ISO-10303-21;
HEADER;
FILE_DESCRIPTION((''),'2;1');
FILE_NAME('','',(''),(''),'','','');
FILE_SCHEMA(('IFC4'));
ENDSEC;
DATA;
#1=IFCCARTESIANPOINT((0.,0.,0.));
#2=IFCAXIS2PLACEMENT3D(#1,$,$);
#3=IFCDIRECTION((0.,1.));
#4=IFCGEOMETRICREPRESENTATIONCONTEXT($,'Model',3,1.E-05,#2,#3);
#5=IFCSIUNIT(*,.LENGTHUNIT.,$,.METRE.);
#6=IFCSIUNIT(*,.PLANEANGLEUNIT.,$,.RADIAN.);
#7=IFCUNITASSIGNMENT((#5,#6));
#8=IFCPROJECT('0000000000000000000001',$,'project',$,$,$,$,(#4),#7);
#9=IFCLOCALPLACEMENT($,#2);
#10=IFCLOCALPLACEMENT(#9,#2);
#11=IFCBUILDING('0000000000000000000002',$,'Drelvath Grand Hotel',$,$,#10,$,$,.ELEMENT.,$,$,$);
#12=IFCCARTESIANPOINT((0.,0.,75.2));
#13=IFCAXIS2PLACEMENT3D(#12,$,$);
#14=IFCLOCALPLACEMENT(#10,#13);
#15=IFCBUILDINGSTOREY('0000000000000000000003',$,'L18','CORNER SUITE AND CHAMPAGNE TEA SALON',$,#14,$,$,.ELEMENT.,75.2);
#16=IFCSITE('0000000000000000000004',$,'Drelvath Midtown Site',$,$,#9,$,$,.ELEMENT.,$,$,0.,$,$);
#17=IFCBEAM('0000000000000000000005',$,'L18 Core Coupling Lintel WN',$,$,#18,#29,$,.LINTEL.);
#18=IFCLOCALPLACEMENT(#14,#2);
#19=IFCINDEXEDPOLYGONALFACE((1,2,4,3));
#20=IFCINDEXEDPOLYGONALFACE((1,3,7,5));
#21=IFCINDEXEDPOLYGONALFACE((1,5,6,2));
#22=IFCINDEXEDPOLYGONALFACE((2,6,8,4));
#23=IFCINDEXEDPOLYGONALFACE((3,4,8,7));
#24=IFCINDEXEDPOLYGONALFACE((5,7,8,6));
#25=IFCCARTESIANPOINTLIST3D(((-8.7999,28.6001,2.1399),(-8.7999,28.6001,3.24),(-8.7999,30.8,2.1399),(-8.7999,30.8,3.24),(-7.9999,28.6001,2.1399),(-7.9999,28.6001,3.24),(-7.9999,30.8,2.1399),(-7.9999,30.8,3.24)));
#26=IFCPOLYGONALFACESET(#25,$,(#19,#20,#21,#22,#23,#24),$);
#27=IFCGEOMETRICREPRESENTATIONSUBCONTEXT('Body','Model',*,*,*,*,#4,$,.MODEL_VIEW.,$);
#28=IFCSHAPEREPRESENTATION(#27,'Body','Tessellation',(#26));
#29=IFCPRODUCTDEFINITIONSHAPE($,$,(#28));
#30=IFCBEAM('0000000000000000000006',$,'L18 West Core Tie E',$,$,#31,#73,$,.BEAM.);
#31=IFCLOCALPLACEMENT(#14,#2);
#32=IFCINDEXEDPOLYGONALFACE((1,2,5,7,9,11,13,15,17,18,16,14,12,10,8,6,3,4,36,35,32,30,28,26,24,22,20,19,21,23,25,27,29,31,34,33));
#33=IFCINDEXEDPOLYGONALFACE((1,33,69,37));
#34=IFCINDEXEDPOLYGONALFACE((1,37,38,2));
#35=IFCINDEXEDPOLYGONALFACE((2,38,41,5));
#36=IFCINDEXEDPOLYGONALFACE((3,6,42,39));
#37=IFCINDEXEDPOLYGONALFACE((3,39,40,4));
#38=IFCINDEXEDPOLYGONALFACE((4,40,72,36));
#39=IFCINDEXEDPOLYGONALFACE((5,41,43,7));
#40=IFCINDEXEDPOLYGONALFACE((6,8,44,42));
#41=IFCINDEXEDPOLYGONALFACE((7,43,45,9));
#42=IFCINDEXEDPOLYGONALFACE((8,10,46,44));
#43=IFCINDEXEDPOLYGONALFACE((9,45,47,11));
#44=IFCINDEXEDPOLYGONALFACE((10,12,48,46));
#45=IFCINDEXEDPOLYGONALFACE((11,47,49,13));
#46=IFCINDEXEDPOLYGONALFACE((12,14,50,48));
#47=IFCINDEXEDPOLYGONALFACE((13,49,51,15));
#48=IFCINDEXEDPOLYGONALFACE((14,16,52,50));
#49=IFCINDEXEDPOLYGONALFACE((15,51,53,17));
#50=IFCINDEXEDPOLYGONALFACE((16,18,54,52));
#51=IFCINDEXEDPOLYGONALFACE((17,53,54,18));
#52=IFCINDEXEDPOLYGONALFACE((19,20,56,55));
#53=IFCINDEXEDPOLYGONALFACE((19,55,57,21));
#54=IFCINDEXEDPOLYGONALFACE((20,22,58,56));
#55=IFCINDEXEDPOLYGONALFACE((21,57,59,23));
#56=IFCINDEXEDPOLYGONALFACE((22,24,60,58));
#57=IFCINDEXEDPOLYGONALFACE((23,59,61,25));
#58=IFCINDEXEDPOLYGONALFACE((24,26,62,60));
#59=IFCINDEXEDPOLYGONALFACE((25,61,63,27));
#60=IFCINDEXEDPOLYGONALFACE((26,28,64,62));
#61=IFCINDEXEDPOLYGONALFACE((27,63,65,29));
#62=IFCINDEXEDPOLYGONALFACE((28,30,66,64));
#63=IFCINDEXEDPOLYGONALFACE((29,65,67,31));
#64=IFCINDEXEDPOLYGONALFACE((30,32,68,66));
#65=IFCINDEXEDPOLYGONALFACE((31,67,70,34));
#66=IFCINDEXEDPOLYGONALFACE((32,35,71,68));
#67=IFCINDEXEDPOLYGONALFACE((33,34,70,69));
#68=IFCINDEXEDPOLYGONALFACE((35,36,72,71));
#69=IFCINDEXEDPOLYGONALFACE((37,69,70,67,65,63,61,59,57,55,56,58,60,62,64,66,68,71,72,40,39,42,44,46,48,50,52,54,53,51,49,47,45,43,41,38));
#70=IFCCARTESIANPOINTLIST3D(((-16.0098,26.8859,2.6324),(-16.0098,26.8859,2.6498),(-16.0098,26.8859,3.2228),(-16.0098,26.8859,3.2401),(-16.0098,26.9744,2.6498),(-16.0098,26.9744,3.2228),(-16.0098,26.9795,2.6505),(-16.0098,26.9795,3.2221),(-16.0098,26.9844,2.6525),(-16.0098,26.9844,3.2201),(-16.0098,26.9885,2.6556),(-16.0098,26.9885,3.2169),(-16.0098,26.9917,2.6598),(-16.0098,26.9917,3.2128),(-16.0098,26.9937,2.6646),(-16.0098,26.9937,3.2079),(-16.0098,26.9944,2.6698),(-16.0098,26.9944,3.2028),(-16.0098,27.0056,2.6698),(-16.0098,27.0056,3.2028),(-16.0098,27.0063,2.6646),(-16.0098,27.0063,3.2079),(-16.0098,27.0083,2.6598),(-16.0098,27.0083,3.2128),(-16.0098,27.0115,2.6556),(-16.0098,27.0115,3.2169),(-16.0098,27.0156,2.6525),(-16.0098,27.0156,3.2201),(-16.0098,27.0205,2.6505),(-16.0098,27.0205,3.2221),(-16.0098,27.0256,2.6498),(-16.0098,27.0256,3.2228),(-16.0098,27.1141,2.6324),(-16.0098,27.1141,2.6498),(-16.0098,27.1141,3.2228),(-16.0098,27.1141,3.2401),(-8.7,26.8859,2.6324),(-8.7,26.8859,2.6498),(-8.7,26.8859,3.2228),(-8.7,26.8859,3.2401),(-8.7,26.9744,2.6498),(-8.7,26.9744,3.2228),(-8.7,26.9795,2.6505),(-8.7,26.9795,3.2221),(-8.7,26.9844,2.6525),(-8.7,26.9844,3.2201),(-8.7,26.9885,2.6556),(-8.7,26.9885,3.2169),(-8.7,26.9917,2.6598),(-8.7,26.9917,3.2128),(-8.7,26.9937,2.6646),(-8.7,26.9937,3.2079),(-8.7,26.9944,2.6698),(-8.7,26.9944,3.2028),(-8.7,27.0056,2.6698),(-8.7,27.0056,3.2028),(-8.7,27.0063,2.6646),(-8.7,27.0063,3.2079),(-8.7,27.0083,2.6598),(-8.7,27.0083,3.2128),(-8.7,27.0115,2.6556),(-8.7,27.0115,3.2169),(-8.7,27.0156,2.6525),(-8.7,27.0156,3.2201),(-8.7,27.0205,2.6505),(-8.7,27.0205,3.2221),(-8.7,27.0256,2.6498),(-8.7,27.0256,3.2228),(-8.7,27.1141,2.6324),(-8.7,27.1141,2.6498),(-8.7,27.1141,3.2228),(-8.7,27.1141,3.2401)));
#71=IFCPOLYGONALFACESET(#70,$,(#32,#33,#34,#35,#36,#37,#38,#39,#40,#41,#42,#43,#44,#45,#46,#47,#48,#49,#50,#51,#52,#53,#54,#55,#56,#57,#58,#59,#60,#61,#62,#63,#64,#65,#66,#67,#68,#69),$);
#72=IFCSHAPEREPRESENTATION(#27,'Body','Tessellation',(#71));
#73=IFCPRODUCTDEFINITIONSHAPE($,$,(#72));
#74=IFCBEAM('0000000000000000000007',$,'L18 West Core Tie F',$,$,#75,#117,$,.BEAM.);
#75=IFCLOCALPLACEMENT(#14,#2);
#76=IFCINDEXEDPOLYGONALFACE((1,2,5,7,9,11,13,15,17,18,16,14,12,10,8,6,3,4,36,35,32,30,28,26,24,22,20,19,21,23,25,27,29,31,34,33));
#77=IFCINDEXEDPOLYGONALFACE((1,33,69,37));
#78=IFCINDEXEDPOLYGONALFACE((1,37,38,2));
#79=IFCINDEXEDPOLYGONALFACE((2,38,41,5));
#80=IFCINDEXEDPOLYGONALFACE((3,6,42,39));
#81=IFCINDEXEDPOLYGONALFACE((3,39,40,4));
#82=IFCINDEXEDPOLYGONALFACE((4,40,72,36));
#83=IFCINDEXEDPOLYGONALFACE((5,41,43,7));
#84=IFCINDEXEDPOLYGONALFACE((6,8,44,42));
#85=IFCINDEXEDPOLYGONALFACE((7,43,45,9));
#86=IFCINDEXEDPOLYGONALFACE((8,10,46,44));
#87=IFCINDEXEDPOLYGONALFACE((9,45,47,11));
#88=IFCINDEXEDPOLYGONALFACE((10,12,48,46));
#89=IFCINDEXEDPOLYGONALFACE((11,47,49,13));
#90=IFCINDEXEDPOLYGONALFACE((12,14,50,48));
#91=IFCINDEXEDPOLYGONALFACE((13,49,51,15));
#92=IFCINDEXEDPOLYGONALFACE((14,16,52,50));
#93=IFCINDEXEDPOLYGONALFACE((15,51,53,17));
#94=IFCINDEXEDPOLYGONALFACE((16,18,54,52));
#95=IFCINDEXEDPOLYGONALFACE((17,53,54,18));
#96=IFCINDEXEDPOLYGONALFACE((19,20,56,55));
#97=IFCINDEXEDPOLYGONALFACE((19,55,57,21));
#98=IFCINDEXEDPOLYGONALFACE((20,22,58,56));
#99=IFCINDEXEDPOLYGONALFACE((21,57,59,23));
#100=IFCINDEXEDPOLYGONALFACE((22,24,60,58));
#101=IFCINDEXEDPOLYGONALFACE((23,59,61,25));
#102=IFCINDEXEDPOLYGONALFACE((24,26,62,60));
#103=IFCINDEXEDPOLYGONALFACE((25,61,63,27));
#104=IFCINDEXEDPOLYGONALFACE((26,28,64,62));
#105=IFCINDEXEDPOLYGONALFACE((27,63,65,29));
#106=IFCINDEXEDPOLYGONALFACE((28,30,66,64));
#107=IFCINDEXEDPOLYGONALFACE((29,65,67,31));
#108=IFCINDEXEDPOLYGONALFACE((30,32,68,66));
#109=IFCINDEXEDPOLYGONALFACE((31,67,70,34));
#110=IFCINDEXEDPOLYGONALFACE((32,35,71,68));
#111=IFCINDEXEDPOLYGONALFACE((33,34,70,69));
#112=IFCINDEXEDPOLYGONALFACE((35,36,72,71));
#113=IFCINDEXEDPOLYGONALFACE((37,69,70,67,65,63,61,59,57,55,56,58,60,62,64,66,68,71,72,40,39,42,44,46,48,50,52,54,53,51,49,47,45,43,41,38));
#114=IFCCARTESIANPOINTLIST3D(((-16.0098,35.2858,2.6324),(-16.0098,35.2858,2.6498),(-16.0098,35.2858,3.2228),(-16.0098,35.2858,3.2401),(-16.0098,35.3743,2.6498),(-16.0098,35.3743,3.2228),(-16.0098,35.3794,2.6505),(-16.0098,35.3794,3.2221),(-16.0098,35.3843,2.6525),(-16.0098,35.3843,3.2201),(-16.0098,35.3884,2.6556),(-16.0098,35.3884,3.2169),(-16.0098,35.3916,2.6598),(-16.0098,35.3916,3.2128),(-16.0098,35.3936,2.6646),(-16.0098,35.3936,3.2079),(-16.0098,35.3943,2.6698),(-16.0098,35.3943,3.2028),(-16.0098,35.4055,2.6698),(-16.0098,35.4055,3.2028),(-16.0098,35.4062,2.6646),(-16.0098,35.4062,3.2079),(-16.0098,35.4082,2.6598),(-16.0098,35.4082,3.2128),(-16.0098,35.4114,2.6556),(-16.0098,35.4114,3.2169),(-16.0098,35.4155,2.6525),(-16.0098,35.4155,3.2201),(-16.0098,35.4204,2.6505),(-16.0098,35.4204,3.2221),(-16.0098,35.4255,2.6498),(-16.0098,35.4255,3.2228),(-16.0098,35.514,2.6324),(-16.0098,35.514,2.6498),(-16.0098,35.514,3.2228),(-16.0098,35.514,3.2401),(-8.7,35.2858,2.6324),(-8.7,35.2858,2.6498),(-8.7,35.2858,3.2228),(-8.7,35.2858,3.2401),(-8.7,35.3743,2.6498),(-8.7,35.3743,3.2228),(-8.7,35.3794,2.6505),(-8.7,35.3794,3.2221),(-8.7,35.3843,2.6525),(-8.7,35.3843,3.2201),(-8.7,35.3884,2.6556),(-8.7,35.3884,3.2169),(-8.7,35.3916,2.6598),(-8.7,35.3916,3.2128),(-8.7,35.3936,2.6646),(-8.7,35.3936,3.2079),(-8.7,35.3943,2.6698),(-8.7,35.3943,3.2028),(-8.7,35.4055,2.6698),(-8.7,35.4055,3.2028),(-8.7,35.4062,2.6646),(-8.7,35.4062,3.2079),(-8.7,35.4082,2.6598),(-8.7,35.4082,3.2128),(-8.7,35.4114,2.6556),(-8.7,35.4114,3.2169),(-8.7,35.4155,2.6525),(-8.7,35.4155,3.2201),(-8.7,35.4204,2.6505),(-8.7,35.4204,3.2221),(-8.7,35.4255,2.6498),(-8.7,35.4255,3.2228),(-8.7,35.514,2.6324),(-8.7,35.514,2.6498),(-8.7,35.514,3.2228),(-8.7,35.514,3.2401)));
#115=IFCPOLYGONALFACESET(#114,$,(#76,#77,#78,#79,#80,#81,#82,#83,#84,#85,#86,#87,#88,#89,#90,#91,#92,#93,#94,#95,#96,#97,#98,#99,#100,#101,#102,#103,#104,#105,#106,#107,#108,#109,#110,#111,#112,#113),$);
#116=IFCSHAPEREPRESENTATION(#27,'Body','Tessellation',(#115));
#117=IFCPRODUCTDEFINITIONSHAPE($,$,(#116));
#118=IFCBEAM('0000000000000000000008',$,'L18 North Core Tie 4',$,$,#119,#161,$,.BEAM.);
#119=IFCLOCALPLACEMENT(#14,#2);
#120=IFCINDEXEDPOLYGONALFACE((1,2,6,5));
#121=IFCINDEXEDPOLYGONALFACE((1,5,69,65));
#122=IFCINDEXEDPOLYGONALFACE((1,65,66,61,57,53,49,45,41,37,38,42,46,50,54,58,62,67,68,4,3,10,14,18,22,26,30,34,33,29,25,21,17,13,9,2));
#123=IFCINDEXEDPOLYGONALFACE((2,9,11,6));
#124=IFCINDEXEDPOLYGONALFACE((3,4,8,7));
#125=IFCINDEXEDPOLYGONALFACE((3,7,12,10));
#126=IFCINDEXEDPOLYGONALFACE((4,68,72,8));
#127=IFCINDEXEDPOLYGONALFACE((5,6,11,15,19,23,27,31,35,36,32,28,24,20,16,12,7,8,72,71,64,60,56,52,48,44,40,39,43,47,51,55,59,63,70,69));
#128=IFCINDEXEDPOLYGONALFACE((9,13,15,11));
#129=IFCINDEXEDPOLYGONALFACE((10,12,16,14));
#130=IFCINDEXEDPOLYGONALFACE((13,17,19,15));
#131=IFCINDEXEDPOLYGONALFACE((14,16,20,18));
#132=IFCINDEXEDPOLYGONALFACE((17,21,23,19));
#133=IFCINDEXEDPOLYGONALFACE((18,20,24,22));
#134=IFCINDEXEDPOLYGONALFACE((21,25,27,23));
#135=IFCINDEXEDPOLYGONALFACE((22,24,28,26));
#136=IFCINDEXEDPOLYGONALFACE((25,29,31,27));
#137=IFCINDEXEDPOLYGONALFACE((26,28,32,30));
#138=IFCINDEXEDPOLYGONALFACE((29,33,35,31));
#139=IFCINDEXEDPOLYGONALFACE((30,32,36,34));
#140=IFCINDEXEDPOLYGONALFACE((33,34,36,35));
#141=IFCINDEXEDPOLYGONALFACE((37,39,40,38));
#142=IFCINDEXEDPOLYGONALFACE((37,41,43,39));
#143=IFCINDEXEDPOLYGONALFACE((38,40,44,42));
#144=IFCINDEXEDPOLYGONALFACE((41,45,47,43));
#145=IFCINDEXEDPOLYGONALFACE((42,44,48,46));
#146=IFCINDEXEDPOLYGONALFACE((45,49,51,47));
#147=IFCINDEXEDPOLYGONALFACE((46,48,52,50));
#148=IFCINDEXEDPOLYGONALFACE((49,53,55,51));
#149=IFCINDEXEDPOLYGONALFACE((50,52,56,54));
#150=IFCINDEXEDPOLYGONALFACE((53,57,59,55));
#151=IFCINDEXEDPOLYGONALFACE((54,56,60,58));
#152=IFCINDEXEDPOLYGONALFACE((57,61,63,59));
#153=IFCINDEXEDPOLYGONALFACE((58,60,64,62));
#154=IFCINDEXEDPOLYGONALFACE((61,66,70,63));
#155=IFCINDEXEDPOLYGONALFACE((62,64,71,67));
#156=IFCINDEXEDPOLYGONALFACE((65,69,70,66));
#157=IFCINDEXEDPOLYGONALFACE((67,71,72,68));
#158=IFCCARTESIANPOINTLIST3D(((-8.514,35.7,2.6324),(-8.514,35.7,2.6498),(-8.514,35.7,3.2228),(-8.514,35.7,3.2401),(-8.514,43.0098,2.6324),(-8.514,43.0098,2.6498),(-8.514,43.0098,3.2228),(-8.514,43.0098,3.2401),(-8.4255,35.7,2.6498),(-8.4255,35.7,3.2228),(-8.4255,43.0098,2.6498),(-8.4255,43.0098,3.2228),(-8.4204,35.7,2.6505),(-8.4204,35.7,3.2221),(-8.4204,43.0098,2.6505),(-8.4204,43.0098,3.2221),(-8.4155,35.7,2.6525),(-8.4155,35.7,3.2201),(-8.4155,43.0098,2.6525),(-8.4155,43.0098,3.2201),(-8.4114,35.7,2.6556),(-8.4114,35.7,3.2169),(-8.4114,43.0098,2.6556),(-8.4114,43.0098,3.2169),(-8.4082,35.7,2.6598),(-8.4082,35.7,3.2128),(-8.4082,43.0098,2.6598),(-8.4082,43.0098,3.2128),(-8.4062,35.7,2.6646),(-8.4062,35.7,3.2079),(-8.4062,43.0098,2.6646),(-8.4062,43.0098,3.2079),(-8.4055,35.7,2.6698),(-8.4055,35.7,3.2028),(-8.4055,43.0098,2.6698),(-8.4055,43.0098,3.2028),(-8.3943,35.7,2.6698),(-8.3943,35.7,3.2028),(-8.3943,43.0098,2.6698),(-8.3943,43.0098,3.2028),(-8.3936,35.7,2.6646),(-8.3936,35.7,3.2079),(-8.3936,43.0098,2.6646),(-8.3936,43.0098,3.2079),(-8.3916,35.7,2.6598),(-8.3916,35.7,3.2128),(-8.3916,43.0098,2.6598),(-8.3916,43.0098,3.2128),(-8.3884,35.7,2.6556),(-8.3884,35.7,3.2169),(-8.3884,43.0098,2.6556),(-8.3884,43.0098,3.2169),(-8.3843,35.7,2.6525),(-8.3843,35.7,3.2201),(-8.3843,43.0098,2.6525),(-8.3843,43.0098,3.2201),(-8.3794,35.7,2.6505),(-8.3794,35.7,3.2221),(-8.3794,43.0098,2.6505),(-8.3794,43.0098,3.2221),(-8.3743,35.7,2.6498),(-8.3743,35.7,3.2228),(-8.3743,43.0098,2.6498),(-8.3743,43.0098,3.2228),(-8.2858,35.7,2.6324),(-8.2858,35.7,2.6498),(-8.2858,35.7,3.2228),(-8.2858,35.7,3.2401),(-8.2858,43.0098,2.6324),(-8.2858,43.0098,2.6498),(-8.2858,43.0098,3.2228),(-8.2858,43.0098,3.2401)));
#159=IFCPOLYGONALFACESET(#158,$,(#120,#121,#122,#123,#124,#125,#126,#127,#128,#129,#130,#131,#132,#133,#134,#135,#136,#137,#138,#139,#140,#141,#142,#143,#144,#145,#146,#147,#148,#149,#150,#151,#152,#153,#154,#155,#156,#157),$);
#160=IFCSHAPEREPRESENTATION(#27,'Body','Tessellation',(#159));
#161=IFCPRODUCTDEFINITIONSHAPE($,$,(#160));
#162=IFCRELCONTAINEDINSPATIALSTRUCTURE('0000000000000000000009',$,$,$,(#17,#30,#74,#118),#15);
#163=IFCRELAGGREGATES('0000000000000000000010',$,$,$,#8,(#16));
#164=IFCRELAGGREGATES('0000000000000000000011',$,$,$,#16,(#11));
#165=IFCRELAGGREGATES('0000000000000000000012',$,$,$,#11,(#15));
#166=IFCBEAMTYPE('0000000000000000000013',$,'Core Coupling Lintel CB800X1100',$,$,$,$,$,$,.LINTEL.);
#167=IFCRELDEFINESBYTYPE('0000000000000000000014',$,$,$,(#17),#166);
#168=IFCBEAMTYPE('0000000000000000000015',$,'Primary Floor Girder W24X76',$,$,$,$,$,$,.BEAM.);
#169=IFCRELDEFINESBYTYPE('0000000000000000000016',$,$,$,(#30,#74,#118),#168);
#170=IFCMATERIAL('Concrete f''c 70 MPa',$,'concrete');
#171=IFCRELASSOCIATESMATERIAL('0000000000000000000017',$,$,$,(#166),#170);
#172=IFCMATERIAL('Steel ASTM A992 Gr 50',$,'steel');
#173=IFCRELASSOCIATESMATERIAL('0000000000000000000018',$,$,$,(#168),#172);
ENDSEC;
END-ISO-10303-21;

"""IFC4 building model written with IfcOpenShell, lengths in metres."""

from ifc_helpers import new_model, si_unit, direction, frame, origin, origin_2d, place, context, subcontext, project, spatial, rectangle, i_section, extrude, material, material_profile, profile_set, type_object, element, save


model = new_model("IFC4")

# Units and contexts
model_context = context("Model", 3, precision=1e-05, world=origin(), true_north=direction((0.0, 1.0)))
body_context = subcontext(model_context, "Body", "Model", "MODEL_VIEW")
ifc_project = project(units=[si_unit("LENGTHUNIT", "METRE"), si_unit("PLANEANGLEUNIT", "RADIAN")], contexts=[model_context])

# Site, building, storey
site_placement = place(None, origin())
site = spatial("IfcSite", under=ifc_project, at=site_placement, Name="Drelvath Midtown Site", CompositionType="ELEMENT", RefElevation=0.0)
building_placement = place(site_placement, origin())
building = spatial("IfcBuilding", under=site, at=building_placement, Name="Drelvath Grand Hotel", CompositionType="ELEMENT")
storey_placement = place(building_placement, frame((0.0, 0.0, 75.2)))
storey = spatial("IfcBuildingStorey", under=building, at=storey_placement, Name="L18", Description="CORNER SUITE AND CHAMPAGNE TEA SALON", CompositionType="ELEMENT", Elevation=75.2)

# Beams
ifc_material_1 = material(Name="Concrete f'c 70 MPa", Category="concrete")
ifc_material_profile_1 = material_profile(ifc_material_1, rectangle(XDim=0.8, YDim=1.1001, at=origin_2d()), Name="CB800X1100")
ifc_profile_set_1 = profile_set([ifc_material_profile_1], Name="Concrete f'c 70 MPa")
beam_type_1 = type_object("IfcBeamType", Name="Core Coupling Lintel CB800X1100", PredefinedType="LINTEL", material=ifc_profile_set_1)
beam_placement = place(storey_placement, frame((-8.3999, 28.6001, 2.6899), z_axis=(0.0, 1.0, 0.0), x_axis=(-1.0, 0.0, 0.0)))
element("IfcBeam", 1, at=beam_placement, inside=storey, type_object=beam_type_1, Name="L18 Core Coupling Lintel WN", PredefinedType="LINTEL", context=body_context, shape_type="SweptSolid", body=[
    extrude(rectangle(XDim=0.8, YDim=1.1001, at=origin_2d()), origin(), (0.0, 0.0, 1.0), 2.2),
])
ifc_material_2 = material(Name="Steel ASTM A992 Gr 50", Category="steel")
ifc_material_profile_2 = material_profile(ifc_material_2, i_section(OverallWidth=0.2283, OverallDepth=0.6077, WebThickness=0.0112, FlangeThickness=0.0173, FilletRadius=0.02, at=origin_2d()), Name="W24X76")
ifc_profile_set_2 = profile_set([ifc_material_profile_2], Name="Steel ASTM A992 Gr 50")
beam_type_2 = type_object("IfcBeamType", Name="Primary Floor Girder W24X76", PredefinedType="BEAM", material=ifc_profile_set_2)
for number, where, z_axis, x_axis, name in (
    (2, (-16.0098, 27.0, 2.9363), (1.0, 0.0, 0.0), (0.0, 1.0, 0.0), "L18 West Core Tie E"),
    (3, (-16.0098, 35.3999, 2.9363), (1.0, 0.0, 0.0), (0.0, 1.0, 0.0), "L18 West Core Tie F"),
    (4, (-8.3999, 35.7, 2.9363), (0.0, 1.0, 0.0), (-1.0, 0.0, 0.0), "L18 North Core Tie 4"),
):
    element("IfcBeam", number, at=place(storey_placement, frame(where, z_axis=z_axis, x_axis=x_axis)), inside=storey, type_object=beam_type_2, Name=name, PredefinedType="BEAM", context=body_context, shape_type="SweptSolid", body=[
        extrude(i_section(OverallWidth=0.2283, OverallDepth=0.6077, WebThickness=0.0112, FlangeThickness=0.0173, FilletRadius=0.02, at=origin_2d()), origin(), (0.0, 0.0, 1.0), 7.3098),
    ])

save(model, "model.ifc")
